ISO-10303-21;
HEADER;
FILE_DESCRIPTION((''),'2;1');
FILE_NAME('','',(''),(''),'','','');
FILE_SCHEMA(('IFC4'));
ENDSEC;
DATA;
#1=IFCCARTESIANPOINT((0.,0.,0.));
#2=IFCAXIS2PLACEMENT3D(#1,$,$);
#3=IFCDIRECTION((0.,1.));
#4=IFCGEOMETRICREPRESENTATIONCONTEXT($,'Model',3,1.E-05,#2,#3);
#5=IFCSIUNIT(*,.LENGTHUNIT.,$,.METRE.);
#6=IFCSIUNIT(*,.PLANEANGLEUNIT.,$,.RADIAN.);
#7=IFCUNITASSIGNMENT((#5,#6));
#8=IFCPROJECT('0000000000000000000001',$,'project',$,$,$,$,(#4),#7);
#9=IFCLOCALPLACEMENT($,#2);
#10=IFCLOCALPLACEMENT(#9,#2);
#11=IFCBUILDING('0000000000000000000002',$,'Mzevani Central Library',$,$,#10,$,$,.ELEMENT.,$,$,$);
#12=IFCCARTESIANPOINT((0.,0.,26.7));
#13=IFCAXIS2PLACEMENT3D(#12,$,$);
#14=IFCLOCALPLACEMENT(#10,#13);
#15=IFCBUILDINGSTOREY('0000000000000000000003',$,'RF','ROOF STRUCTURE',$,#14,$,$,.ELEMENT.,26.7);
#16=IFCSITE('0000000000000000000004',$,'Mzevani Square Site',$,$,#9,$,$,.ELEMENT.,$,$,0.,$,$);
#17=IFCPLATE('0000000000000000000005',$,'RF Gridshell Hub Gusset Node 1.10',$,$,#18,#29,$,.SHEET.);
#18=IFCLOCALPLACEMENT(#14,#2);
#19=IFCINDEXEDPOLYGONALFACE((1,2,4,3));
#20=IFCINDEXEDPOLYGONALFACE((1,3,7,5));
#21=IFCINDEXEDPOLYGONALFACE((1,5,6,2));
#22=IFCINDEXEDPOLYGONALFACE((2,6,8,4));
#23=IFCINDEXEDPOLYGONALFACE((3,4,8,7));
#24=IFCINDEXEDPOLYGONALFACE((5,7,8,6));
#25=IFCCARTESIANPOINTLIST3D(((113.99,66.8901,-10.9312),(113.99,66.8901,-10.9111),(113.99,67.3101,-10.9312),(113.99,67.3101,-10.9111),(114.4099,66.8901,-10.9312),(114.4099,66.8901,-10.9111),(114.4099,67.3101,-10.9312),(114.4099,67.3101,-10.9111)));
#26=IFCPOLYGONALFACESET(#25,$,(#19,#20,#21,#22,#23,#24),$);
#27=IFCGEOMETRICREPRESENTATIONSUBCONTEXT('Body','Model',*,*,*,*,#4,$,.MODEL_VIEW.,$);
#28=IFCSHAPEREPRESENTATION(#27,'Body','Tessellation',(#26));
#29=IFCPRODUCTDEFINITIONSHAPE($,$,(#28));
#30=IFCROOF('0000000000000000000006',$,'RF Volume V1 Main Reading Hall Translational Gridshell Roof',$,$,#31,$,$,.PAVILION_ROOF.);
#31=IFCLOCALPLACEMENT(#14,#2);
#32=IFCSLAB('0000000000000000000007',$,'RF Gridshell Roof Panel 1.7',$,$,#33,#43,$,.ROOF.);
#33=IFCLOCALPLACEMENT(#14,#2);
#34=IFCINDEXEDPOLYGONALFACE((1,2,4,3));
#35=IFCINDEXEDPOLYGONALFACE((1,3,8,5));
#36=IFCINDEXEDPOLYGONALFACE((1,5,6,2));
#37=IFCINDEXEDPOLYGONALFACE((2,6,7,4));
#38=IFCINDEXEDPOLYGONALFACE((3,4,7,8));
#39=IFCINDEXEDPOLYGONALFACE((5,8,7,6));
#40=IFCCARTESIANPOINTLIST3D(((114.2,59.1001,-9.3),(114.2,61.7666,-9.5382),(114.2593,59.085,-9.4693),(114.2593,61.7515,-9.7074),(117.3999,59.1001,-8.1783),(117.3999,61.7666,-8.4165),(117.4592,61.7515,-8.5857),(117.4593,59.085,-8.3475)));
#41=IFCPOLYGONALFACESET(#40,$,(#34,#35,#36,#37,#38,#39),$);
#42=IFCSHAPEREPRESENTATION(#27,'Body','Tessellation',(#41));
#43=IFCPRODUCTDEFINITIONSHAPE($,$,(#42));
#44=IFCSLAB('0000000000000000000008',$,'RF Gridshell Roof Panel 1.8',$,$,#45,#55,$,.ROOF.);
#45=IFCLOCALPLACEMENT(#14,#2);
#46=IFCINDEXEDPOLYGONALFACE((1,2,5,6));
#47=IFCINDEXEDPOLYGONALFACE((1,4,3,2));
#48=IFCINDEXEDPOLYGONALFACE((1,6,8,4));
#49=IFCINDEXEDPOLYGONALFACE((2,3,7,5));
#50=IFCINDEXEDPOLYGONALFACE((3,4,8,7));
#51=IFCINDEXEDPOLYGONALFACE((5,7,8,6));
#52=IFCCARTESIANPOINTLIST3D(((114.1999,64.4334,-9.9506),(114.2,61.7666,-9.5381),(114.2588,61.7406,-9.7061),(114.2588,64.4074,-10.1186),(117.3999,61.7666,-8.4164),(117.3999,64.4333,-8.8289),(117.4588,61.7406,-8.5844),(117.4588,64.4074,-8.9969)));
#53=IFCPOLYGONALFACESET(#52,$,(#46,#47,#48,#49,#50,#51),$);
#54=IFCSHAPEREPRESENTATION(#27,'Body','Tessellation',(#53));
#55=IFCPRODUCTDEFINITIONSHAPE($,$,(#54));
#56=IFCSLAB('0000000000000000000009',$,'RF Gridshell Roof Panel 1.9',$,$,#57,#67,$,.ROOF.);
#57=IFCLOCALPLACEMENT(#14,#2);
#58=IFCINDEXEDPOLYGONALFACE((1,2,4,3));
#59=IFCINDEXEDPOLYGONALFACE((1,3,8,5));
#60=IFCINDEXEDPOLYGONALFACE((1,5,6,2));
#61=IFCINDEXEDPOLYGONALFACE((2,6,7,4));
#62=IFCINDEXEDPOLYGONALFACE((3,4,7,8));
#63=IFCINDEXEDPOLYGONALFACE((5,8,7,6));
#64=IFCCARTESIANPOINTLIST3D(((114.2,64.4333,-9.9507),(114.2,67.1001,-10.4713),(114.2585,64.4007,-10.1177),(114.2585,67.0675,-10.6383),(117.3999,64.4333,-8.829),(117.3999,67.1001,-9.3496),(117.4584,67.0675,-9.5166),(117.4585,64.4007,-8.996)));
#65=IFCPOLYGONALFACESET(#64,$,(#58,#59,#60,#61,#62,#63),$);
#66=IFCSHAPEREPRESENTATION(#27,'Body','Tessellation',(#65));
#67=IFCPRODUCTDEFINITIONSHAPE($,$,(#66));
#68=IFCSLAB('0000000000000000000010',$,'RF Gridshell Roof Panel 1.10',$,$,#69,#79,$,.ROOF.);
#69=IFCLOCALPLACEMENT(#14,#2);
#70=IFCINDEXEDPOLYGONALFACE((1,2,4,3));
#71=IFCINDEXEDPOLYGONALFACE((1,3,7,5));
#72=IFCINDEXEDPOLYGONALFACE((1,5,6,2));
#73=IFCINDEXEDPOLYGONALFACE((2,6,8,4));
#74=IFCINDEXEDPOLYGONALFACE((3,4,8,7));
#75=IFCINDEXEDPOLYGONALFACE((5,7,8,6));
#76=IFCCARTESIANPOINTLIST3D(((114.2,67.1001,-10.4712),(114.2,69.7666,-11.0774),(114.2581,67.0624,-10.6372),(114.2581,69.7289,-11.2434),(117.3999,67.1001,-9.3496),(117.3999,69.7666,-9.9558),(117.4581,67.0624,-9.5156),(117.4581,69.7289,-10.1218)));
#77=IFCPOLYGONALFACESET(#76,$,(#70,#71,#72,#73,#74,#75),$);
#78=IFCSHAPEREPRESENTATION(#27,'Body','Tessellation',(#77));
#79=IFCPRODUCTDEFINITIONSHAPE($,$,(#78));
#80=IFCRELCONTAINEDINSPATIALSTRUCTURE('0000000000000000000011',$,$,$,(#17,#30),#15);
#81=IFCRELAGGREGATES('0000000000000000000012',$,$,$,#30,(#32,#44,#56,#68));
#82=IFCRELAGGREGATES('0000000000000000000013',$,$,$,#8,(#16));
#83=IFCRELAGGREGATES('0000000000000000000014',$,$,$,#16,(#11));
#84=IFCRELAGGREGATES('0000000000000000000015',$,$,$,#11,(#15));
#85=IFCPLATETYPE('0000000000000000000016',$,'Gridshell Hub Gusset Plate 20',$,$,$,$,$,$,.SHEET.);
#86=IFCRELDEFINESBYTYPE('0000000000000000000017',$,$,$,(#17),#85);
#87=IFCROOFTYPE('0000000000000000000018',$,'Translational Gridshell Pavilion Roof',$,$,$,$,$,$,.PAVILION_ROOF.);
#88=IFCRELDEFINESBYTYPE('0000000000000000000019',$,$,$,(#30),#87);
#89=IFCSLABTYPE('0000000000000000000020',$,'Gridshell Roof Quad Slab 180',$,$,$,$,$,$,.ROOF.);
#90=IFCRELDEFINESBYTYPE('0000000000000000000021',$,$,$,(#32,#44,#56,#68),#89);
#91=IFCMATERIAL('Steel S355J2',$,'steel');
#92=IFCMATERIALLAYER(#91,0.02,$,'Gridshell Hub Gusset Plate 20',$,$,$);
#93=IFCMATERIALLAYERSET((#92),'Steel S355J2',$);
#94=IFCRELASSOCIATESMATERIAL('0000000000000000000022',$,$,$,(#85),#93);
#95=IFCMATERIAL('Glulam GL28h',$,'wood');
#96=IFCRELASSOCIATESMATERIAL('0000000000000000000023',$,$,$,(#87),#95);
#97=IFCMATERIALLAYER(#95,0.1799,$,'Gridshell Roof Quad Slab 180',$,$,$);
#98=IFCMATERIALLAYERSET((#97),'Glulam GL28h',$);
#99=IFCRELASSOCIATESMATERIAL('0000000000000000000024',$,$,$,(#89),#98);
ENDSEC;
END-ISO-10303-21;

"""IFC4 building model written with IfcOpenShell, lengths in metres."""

from ifc_helpers import new_model, si_unit, direction, frame, origin, origin_2d, place, context, subcontext, project, spatial, polyline, rectangle, outline, extrude, material, layer, layer_set, type_object, element, aggregate, save


model = new_model("IFC4")

# Units and contexts
model_context = context("Model", 3, precision=1e-05, world=origin(), true_north=direction((0.0, 1.0)))
body_context = subcontext(model_context, "Body", "Model", "MODEL_VIEW")
ifc_project = project(units=[si_unit("LENGTHUNIT", "METRE"), si_unit("PLANEANGLEUNIT", "RADIAN")], contexts=[model_context])

# Site, building, storey
site_placement = place(None, origin())
site = spatial("IfcSite", under=ifc_project, at=site_placement, Name="Mzevani Square Site", CompositionType="ELEMENT", RefElevation=0.0)
building_placement = place(site_placement, origin())
building = spatial("IfcBuilding", under=site, at=building_placement, Name="Mzevani Central Library", CompositionType="ELEMENT")
storey_placement = place(building_placement, frame((0.0, 0.0, 26.7)))
storey = spatial("IfcBuildingStorey", under=building, at=storey_placement, Name="RF", Description="ROOF STRUCTURE", CompositionType="ELEMENT", Elevation=26.7)

# Shared definitions
ifc_material_1 = material(Name="Glulam GL28h", Category="wood")

# Shared definitions
ifc_material_2 = material(Name="Steel S355J2", Category="steel")

# Plate
ifc_layer_1 = layer(ifc_material_2, 0.02, Name="Gridshell Hub Gusset Plate 20")
ifc_layer_set_1 = layer_set([ifc_layer_1], Name="Steel S355J2")
plate_type = type_object("IfcPlateType", Name="Gridshell Hub Gusset Plate 20", PredefinedType="SHEET", material=ifc_layer_set_1)
for number, where, z_axis, x_axis, name in (
    (1, (114.2, 67.1001, -10.9312), (0.0, 0.0, 1.0), (1.0, 0.0, 0.0), "RF Gridshell Hub Gusset Node 1.10"),
):
    element("IfcPlate", number, at=place(storey_placement, frame(where, z_axis=z_axis, x_axis=x_axis)), inside=storey, type_object=plate_type, Name=name, PredefinedType="SHEET", context=body_context, shape_type="SweptSolid", body=[
        extrude(rectangle(XDim=0.4199, YDim=0.4199, at=origin_2d()), origin(), (0.0, 0.0, 1.0), 0.02),
    ])

# Roof, slabs
roof_type = type_object("IfcRoofType", Name="Translational Gridshell Pavilion Roof", PredefinedType="PAVILION_ROOF", material=ifc_material_1)
roof_placement = place(storey_placement, origin())
roof = element("IfcRoof", 2, at=roof_placement, inside=storey, type_object=roof_type, Name="RF Volume V1 Main Reading Hall Translational Gridshell Roof", PredefinedType="PAVILION_ROOF")
ifc_layer_2 = layer(ifc_material_1, 0.1799, Name="Gridshell Roof Quad Slab 180")
ifc_layer_set_2 = layer_set([ifc_layer_2], Name="Glulam GL28h")
slab_type = type_object("IfcSlabType", Name="Gridshell Roof Quad Slab 180", PredefinedType="ROOF", material=ifc_layer_set_2)
slab_1_placement = place(storey_placement, frame((114.2, 59.1001, -9.3), z_axis=(-0.329634, 0.083989, 0.940366), x_axis=(0.9437, -0.000003, 0.330803)))
slab_1 = element("IfcSlab", 3, at=slab_1_placement, type_object=slab_type, Name="RF Gridshell Roof Panel 1.7", PredefinedType="ROOF", context=body_context, shape_type="SweptSolid", body=[
    extrude(outline(polyline([(0.0, 0.0), (3.3909, 0.0), (3.3121, 2.676), (-0.0788, 2.6759), (0.0, 0.0)])), origin(), (0.0, 0.0, -1.0), 0.1799),
])
slab_2_placement = place(storey_placement, frame((114.2, 61.7666, -9.5381), z_axis=(-0.327334, 0.144435, 0.933805), x_axis=(0.9437, 0.000005, 0.330802)))
slab_2 = element("IfcSlab", 4, at=slab_2_placement, type_object=slab_type, Name="RF Gridshell Roof Panel 1.8", PredefinedType="ROOF", context=body_context, shape_type="SweptSolid", body=[
    extrude(outline(polyline([(0.0, 0.0), (3.3908, 0.0), (3.2544, 2.695), (-0.1365, 2.695), (0.0, 0.0)])), origin(), (0.0, 0.0, -1.0), 0.1799),
])
slab_3_placement = place(storey_placement, frame((114.2, 64.4333, -9.9507), z_axis=(-0.325327, 0.181189, 0.92808), x_axis=(0.9437, -0.000006, 0.330804)))
slab_3 = element("IfcSlab", 5, at=slab_3_placement, type_object=slab_type, Name="RF Gridshell Roof Panel 1.9", PredefinedType="ROOF", context=body_context, shape_type="SweptSolid", body=[
    extrude(outline(polyline([(0.0, 0.0), (3.3909, 0.0), (3.2186, 2.7117), (-0.1722, 2.7116), (0.0, 0.0)])), origin(), (0.0, 0.0, -1.0), 0.1799),
])
slab_4_placement = place(storey_placement, frame((114.2, 67.1001, -10.4712), z_axis=(-0.323411, 0.209769, 0.922715), x_axis=(0.943711, 0.0, 0.330771)))
slab_4 = element("IfcSlab", 6, at=slab_4_placement, type_object=slab_type, Name="RF Gridshell Roof Panel 1.10", PredefinedType="ROOF", context=body_context, shape_type="SweptSolid", body=[
    extrude(outline(polyline([(0.0, 0.0), (3.3908, 0.0), (3.1903, 2.7272), (-0.2005, 2.7272), (0.0, 0.0)])), origin(), (0.0, 0.0, -1.0), 0.1799),
])
aggregate(roof, [slab_1, slab_2, slab_3, slab_4])

save(model, "model.ifc")
